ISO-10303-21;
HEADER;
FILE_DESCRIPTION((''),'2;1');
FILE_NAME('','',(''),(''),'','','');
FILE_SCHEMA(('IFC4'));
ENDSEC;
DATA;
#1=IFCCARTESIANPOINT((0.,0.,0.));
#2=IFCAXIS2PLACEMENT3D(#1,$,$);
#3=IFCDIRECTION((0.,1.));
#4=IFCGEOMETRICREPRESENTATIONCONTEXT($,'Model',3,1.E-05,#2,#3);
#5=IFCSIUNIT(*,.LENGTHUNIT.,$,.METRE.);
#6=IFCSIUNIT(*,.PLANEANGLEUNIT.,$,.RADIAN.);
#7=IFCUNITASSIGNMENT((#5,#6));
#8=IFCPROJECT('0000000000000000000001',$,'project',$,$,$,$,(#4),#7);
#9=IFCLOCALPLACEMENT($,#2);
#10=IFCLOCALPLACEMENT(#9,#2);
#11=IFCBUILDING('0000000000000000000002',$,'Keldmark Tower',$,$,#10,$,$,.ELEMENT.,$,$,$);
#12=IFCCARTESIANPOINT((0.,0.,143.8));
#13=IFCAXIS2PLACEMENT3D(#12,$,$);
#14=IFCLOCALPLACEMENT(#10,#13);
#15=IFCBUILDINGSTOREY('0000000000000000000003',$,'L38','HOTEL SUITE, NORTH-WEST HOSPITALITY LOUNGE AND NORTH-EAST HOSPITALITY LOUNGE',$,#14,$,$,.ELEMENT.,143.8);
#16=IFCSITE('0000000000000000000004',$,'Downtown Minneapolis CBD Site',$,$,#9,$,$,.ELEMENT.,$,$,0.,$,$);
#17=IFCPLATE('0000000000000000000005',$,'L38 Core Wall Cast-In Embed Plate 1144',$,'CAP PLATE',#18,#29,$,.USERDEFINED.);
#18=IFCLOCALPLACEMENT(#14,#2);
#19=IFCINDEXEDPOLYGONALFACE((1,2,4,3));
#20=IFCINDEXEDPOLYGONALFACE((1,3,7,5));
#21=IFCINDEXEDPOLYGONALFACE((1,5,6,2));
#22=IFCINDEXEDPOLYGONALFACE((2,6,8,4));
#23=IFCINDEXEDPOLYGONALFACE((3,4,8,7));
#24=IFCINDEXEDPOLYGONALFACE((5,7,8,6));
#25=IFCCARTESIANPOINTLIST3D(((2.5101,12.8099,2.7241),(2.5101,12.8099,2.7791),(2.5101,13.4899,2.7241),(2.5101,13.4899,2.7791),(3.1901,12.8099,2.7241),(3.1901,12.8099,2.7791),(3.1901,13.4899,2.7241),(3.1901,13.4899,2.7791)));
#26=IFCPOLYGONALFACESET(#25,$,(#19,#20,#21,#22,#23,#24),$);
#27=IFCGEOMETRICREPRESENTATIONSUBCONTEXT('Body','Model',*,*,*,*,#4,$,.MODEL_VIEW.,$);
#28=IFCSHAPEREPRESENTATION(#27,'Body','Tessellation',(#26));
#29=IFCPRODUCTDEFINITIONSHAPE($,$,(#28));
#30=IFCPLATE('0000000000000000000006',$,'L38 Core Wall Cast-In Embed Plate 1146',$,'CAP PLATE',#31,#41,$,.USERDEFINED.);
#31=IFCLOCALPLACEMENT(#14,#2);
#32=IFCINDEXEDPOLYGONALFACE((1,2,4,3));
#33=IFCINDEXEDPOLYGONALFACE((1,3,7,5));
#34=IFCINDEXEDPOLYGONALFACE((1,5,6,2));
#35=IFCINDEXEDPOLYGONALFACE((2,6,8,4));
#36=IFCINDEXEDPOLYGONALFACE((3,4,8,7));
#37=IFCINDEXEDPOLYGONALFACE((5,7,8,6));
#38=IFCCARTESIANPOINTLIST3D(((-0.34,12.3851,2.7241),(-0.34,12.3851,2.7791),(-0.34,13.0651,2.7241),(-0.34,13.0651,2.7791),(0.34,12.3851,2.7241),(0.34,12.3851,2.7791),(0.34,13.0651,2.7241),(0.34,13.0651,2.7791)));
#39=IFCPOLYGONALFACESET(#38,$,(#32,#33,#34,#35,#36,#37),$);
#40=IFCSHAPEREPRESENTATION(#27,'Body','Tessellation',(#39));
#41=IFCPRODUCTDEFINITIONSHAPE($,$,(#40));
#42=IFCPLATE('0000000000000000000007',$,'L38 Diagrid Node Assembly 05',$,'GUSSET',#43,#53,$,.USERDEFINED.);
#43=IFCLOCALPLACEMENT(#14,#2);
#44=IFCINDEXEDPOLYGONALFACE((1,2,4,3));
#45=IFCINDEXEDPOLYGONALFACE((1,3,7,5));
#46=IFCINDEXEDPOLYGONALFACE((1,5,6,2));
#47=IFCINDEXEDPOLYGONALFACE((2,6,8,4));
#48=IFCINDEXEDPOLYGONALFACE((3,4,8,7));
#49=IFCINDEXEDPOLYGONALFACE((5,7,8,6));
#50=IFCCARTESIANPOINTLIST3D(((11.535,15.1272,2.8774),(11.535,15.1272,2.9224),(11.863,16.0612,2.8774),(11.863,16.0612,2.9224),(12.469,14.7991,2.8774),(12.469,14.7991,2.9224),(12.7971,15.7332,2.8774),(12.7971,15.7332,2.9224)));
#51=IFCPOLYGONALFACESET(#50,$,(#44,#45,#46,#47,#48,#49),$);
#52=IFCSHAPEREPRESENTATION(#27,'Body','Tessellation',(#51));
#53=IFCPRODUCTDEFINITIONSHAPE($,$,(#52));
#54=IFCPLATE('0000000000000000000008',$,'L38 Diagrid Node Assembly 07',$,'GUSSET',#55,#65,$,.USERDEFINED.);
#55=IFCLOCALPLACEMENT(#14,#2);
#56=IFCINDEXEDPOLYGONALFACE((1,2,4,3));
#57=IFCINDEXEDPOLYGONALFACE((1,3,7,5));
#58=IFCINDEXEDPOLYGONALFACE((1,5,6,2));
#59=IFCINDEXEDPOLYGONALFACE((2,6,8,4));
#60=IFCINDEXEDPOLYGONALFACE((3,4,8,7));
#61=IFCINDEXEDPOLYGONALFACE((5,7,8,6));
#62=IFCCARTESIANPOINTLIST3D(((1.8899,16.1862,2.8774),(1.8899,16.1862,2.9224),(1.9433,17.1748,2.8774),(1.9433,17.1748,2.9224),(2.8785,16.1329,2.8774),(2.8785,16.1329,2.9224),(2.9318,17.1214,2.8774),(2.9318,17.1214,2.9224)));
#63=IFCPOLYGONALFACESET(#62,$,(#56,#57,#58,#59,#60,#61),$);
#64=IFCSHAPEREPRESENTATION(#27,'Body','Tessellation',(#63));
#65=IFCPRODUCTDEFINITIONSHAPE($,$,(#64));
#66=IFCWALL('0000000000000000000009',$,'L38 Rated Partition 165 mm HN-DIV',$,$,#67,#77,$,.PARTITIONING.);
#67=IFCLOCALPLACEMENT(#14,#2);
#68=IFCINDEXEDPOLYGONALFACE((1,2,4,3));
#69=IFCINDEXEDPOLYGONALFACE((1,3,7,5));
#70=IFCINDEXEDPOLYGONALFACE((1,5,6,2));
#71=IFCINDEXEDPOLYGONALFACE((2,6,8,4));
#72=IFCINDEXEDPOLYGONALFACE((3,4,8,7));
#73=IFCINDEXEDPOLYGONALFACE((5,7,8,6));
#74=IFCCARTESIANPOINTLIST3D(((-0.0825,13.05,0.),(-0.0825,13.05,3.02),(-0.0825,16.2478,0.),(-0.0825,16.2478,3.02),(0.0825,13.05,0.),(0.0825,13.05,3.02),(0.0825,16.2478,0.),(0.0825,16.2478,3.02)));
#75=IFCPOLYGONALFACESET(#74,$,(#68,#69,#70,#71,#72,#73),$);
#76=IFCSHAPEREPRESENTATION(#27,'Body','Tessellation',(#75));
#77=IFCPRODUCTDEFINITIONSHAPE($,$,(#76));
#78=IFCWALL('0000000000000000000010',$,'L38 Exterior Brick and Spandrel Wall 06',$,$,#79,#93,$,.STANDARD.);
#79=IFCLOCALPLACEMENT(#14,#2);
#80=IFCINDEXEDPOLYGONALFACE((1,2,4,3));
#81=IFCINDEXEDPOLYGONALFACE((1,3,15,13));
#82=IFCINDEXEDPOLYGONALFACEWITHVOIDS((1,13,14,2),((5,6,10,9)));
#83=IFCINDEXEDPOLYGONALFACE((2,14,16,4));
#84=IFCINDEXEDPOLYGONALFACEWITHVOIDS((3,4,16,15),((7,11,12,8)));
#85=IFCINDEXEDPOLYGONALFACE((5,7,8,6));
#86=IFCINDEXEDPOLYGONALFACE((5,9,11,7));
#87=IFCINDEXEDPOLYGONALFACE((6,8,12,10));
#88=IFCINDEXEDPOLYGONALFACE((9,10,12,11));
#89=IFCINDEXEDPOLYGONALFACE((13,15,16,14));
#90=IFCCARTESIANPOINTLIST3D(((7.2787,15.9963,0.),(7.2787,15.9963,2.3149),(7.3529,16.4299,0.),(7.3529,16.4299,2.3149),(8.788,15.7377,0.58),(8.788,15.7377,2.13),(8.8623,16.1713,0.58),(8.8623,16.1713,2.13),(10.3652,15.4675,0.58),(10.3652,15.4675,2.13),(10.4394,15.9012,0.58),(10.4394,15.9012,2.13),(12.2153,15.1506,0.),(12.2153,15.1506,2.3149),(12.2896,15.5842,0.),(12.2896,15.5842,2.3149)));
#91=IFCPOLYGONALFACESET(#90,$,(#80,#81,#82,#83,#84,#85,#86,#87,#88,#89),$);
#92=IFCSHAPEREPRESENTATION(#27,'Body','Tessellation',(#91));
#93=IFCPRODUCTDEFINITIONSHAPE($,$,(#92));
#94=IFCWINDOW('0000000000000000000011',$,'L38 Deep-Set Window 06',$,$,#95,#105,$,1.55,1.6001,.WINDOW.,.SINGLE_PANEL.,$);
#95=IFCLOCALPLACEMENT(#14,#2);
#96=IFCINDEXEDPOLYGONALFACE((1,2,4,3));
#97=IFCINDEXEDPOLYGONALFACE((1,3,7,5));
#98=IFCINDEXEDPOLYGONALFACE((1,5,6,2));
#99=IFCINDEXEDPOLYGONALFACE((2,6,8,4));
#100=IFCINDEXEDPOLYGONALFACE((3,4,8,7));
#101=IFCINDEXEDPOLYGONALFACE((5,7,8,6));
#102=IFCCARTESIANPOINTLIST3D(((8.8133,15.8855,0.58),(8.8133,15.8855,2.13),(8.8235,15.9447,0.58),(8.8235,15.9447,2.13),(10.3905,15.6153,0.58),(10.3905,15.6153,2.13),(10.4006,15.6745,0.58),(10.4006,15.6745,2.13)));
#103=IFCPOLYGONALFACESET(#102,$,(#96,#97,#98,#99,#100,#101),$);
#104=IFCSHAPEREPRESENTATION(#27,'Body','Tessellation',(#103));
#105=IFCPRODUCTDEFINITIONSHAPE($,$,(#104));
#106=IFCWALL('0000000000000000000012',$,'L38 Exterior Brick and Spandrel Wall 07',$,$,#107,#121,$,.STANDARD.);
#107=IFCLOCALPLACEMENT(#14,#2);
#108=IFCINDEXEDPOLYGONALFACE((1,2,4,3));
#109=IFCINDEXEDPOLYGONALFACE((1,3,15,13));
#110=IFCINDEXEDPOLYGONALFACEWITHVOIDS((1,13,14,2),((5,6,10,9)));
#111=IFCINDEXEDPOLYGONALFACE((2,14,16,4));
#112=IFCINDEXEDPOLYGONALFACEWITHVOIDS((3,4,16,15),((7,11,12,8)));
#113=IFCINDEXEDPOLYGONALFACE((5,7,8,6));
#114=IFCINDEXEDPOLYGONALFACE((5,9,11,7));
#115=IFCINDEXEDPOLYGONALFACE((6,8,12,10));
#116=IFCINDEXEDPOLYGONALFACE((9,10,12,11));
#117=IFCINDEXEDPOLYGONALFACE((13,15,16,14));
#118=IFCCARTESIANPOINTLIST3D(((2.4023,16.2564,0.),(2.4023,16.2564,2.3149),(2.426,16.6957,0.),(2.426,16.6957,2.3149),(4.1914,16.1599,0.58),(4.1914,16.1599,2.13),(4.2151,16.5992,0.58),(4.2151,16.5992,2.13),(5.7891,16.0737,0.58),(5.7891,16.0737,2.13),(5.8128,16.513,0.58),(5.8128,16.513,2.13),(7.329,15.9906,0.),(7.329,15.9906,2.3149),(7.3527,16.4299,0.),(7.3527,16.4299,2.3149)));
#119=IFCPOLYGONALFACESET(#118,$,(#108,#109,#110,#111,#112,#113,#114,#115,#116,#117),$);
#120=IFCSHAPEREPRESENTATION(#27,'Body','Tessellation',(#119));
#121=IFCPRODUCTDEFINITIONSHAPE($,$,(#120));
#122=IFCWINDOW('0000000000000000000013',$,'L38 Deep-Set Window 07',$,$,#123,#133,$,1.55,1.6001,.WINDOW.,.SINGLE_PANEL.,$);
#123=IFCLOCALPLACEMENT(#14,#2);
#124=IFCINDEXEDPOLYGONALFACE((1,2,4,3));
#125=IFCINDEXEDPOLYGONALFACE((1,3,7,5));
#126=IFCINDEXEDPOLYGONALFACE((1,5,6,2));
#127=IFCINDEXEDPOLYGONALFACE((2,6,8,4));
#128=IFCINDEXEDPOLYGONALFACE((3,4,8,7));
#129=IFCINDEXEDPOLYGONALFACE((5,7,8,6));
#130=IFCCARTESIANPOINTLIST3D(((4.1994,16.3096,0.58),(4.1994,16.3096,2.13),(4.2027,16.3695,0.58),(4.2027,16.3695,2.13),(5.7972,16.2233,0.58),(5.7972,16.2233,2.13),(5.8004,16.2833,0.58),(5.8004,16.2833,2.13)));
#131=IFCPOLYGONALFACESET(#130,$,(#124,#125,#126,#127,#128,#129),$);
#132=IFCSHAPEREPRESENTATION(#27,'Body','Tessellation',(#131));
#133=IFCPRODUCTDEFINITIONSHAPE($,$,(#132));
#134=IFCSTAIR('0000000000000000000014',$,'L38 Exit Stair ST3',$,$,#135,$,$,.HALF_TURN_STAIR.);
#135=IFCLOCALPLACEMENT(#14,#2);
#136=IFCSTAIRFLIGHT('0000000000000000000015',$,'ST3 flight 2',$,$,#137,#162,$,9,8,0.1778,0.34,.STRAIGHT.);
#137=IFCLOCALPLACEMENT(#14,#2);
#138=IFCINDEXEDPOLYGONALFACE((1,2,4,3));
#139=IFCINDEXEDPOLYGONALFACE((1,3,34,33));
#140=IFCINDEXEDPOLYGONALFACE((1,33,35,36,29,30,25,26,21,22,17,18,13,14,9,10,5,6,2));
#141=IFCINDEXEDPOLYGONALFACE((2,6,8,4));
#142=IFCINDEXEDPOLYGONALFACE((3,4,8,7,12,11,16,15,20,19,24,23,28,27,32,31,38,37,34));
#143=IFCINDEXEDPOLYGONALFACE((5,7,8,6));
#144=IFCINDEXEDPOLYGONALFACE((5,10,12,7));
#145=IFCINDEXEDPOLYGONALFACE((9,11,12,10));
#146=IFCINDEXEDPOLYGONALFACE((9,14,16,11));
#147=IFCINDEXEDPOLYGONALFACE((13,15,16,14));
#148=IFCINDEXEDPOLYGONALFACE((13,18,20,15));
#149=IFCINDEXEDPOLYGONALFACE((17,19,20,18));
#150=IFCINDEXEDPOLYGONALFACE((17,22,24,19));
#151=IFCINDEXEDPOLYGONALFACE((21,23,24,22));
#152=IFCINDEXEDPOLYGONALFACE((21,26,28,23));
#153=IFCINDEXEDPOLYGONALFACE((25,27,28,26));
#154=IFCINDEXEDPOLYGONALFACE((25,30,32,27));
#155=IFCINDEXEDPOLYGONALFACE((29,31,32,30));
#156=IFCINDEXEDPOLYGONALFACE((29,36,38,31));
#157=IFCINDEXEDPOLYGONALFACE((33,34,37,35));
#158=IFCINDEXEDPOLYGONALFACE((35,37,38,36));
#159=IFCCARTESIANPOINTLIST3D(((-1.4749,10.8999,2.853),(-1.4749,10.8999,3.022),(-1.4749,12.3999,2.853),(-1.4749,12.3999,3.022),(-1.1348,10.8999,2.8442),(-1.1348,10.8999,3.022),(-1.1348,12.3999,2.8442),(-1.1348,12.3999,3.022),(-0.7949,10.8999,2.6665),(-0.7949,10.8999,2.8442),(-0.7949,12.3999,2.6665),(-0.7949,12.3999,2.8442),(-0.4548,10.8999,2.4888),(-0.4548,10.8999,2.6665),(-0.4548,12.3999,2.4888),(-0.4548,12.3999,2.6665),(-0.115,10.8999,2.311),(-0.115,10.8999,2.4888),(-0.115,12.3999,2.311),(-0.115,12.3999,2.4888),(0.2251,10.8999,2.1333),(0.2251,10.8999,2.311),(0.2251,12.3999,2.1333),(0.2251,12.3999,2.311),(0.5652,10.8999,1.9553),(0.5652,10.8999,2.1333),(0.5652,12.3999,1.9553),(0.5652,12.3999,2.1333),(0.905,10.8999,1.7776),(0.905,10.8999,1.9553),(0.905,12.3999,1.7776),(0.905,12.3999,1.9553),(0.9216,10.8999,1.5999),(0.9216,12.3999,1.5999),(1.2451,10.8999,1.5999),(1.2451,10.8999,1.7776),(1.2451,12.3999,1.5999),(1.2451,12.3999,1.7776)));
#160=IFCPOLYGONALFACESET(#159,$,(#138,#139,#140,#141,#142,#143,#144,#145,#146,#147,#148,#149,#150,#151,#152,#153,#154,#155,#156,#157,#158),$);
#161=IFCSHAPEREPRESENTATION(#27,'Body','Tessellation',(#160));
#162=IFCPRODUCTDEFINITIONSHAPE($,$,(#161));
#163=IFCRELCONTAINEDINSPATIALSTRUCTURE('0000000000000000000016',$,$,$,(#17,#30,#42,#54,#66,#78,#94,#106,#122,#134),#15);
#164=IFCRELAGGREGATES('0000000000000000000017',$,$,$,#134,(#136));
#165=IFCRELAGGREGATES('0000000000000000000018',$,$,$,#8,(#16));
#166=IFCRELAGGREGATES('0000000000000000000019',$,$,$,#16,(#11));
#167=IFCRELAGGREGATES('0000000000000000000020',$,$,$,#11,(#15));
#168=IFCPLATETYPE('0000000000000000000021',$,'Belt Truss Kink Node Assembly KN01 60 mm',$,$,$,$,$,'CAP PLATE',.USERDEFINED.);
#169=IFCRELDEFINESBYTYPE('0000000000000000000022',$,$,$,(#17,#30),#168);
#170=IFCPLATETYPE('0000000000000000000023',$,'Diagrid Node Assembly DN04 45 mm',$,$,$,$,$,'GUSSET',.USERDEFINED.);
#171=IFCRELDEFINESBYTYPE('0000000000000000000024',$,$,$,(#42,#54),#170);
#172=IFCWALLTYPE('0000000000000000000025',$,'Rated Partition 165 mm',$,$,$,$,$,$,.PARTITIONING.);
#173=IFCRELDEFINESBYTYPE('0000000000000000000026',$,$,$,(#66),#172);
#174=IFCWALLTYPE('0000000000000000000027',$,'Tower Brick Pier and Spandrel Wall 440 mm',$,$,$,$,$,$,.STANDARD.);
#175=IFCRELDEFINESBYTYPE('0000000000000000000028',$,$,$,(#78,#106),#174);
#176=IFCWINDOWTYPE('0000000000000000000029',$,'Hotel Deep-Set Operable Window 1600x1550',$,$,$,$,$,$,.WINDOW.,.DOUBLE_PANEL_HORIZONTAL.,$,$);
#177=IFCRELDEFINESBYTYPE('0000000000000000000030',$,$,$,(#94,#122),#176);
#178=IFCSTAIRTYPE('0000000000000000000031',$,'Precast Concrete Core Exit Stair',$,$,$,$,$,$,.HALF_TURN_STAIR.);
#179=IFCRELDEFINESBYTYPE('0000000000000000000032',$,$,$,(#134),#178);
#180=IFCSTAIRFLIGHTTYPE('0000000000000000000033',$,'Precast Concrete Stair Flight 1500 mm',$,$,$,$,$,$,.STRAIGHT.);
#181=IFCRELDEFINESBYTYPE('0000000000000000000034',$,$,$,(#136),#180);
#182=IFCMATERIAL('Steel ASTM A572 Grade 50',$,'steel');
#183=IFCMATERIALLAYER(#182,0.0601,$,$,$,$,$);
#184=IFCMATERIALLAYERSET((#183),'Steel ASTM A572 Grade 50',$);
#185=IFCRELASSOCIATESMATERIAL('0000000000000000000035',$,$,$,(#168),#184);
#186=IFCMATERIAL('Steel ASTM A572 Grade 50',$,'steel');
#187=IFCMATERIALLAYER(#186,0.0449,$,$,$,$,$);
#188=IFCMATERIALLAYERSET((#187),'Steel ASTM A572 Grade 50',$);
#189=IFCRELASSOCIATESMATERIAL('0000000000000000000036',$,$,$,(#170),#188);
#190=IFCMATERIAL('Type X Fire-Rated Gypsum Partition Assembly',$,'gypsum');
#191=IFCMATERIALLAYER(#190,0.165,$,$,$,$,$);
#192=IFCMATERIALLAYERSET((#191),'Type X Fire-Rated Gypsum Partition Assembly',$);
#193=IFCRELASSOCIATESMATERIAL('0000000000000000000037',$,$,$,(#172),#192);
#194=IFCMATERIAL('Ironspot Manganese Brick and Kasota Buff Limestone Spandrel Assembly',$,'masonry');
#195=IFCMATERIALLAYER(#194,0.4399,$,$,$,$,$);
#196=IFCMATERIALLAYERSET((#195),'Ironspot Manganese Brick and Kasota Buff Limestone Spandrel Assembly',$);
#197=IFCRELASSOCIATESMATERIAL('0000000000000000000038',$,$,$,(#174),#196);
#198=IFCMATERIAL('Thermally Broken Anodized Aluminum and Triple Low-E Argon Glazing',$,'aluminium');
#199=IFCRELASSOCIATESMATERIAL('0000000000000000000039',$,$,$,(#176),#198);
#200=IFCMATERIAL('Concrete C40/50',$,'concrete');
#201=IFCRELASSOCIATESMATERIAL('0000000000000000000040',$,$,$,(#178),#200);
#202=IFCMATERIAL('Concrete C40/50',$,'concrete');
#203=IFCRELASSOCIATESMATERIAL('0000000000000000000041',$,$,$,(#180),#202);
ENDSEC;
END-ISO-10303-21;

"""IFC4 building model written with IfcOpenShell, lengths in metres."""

from ifc_helpers import new_model, si_unit, direction, frame, frame_2d, origin, origin_2d, place, context, subcontext, project, spatial, polyline, rectangle, outline, extrude, material, layer, layer_set, type_object, element, fill, aggregate, save


model = new_model("IFC4")

# Units and contexts
model_context = context("Model", 3, precision=1e-05, world=origin(), true_north=direction((0.0, 1.0)))
body_context = subcontext(model_context, "Body", "Model", "MODEL_VIEW")
ifc_project = project(units=[si_unit("LENGTHUNIT", "METRE"), si_unit("PLANEANGLEUNIT", "RADIAN")], contexts=[model_context])

# Site, building, storey
site_placement = place(None, origin())
site = spatial("IfcSite", under=ifc_project, at=site_placement, Name="Downtown Minneapolis CBD Site", CompositionType="ELEMENT", RefElevation=0.0)
building_placement = place(site_placement, origin())
building = spatial("IfcBuilding", under=site, at=building_placement, Name="Keldmark Tower", CompositionType="ELEMENT")
storey_placement = place(building_placement, frame((0.0, 0.0, 143.8)))
storey = spatial("IfcBuildingStorey", under=building, at=storey_placement, Name="L38", Description="HOTEL SUITE, NORTH-WEST HOSPITALITY LOUNGE AND NORTH-EAST HOSPITALITY LOUNGE", CompositionType="ELEMENT", Elevation=143.8)

# Plates
ifc_material_1 = material(Name="Steel ASTM A572 Grade 50", Category="steel")
ifc_layer_1 = layer(ifc_material_1, 0.0601)
ifc_layer_set_1 = layer_set([ifc_layer_1], Name="Steel ASTM A572 Grade 50")
plate_type_1 = type_object("IfcPlateType", Name="Belt Truss Kink Node Assembly KN01 60 mm", ElementType="CAP PLATE", PredefinedType="USERDEFINED", material=ifc_layer_set_1)
for number, where, z_axis, x_axis, name in (
    (1, (2.8501, 13.1499, 2.7241), (0.0, 0.0, 1.0), (1.0, 0.0, 0.0), "L38 Core Wall Cast-In Embed Plate 1144"),
    (2, (0.0, 12.7251, 2.7241), (0.0, 0.0, 1.0), (1.0, 0.0, 0.0), "L38 Core Wall Cast-In Embed Plate 1146"),
):
    element("IfcPlate", number, at=place(storey_placement, frame(where, z_axis=z_axis, x_axis=x_axis)), inside=storey, type_object=plate_type_1, Name=name, ObjectType="CAP PLATE", PredefinedType="USERDEFINED", context=body_context, shape_type="SweptSolid", body=[
        extrude(rectangle(XDim=0.6799, YDim=0.6799, at=origin_2d()), origin(), (0.0, 0.0, 1.0), 0.0549),
    ])
ifc_material_2 = material(Name="Steel ASTM A572 Grade 50", Category="steel")
ifc_layer_2 = layer(ifc_material_2, 0.0449)
ifc_layer_set_2 = layer_set([ifc_layer_2], Name="Steel ASTM A572 Grade 50")
plate_type_2 = type_object("IfcPlateType", Name="Diagrid Node Assembly DN04 45 mm", ElementType="GUSSET", PredefinedType="USERDEFINED", material=ifc_layer_set_2)
for number, where, z_axis, x_axis, name in (
    (3, (12.166, 15.4302, 2.8774), (0.0, 0.0, 1.0), (-0.943512, 0.331338, 0.0), "L38 Diagrid Node Assembly 05"),
    (4, (2.4109, 16.6538, 2.8774), (0.0, 0.0, 1.0), (-0.998546, 0.053905, 0.0), "L38 Diagrid Node Assembly 07"),
):
    element("IfcPlate", number, at=place(storey_placement, frame(where, z_axis=z_axis, x_axis=x_axis)), inside=storey, type_object=plate_type_2, Name=name, ObjectType="GUSSET", PredefinedType="USERDEFINED", context=body_context, shape_type="SweptSolid", body=[
        extrude(rectangle(XDim=0.99, YDim=0.99, at=origin_2d()), origin(), (0.0, 0.0, 1.0), 0.0449),
    ])

# Wall
ifc_material_3 = material(Name="Type X Fire-Rated Gypsum Partition Assembly", Category="gypsum")
ifc_layer_3 = layer(ifc_material_3, 0.165)
ifc_layer_set_3 = layer_set([ifc_layer_3], Name="Type X Fire-Rated Gypsum Partition Assembly")
wall_type_1 = type_object("IfcWallType", Name="Rated Partition 165 mm", PredefinedType="PARTITIONING", material=ifc_layer_set_3)
wall_1_placement = place(storey_placement, frame((0.0, 13.05, 0.0), z_axis=(0.0, 0.0, 1.0), x_axis=(0.0, 1.0, 0.0)))
element("IfcWall", 5, at=wall_1_placement, inside=storey, type_object=wall_type_1, Name="L38 Rated Partition 165 mm HN-DIV", PredefinedType="PARTITIONING", context=body_context, shape_type="SweptSolid", body=[
    extrude(rectangle(XDim=3.1978, YDim=0.165, at=frame_2d((1.5989, 0.0))), origin(), (0.0, 0.0, 1.0), 3.02),
])

# Walls, openings, windows
ifc_material_4 = material(Name="Ironspot Manganese Brick and Kasota Buff Limestone Spandrel Assembly", Category="masonry")
ifc_layer_4 = layer(ifc_material_4, 0.4399)
ifc_layer_set_4 = layer_set([ifc_layer_4], Name="Ironspot Manganese Brick and Kasota Buff Limestone Spandrel Assembly")
wall_type_2 = type_object("IfcWallType", Name="Tower Brick Pier and Spandrel Wall 440 mm", PredefinedType="STANDARD", material=ifc_layer_set_4)
wall_2_placement = place(storey_placement, frame((7.3157, 16.2131, 0.0), z_axis=(0.0, 0.0, 1.0), x_axis=(0.985641, -0.168856, 0.0)))
wall_2 = element("IfcWall", 6, at=wall_2_placement, inside=storey, type_object=wall_type_2, Name="L38 Exterior Brick and Spandrel Wall 06", PredefinedType="STANDARD", context=body_context, shape_type="SweptSolid", body=[
    extrude(rectangle(XDim=5.0085, YDim=0.4399, at=frame_2d((2.5044, 0.0))), origin(), (0.0, 0.0, 1.0), 2.3149),
])
opening_1_placement = place(wall_2_placement, frame((1.5315, 0.0, 0.5801)))
opening_1 = element("IfcOpeningElement", 7, at=opening_1_placement, cuts=wall_2, PredefinedType="OPENING", context=body_context, shape_type="SweptSolid", body=[
    extrude(rectangle(XDim=1.6001, YDim=1.55, at=frame_2d((0.8, 0.7749))), frame((0.0, 0.23, 0.0), z_axis=(0.0, -1.0, 0.0), x_axis=(1.0, 0.0, 0.0)), (0.0, 0.0, 1.0), 0.46),
])
ifc_material_5 = material(Name="Thermally Broken Anodized Aluminum and Triple Low-E Argon Glazing", Category="aluminium")
window_type = type_object("IfcWindowType", Name="Hotel Deep-Set Operable Window 1600x1550", PartitioningType="DOUBLE_PANEL_HORIZONTAL", PredefinedType="WINDOW", material=ifc_material_5)
window_1_placement = place(opening_1_placement, origin())
window_1 = element("IfcWindow", 8, at=window_1_placement, inside=storey, type_object=window_type, Name="L38 Deep-Set Window 06", OverallHeight=1.55, OverallWidth=1.6001, PartitioningType="SINGLE_PANEL", PredefinedType="WINDOW", context=body_context, shape_type="SweptSolid", body=[
    extrude(rectangle(XDim=1.6001, YDim=1.55, at=frame_2d((0.8, 0.7749))), frame((0.0, -0.01, 0.0), z_axis=(0.0, -1.0, 0.0), x_axis=(1.0, 0.0, 0.0)), (0.0, 0.0, 1.0), 0.0601),
])
fill(opening_1, window_1)
wall_3_placement = place(storey_placement, frame((2.4143, 16.4761, 0.0), z_axis=(0.0, 0.0, 1.0), x_axis=(0.998547, -0.053886, 0.0)))
wall_3 = element("IfcWall", 9, at=wall_3_placement, inside=storey, type_object=wall_type_2, Name="L38 Exterior Brick and Spandrel Wall 07", PredefinedType="STANDARD", context=body_context, shape_type="SweptSolid", body=[
    extrude(rectangle(XDim=4.9338, YDim=0.4399, at=frame_2d((2.4668, 0.0))), origin(), (0.0, 0.0, 1.0), 2.3149),
])
opening_2_placement = place(wall_3_placement, frame((1.7915, 0.0, 0.5801)))
opening_2 = element("IfcOpeningElement", 10, at=opening_2_placement, cuts=wall_3, PredefinedType="OPENING", context=body_context, shape_type="SweptSolid", body=[
    extrude(rectangle(XDim=1.6001, YDim=1.55, at=frame_2d((0.8, 0.7749))), frame((0.0, 0.23, 0.0), z_axis=(0.0, -1.0, 0.0), x_axis=(1.0, 0.0, 0.0)), (0.0, 0.0, 1.0), 0.46),
])
window_2_placement = place(opening_2_placement, origin())
window_2 = element("IfcWindow", 11, at=window_2_placement, inside=storey, type_object=window_type, Name="L38 Deep-Set Window 07", OverallHeight=1.55, OverallWidth=1.6001, PartitioningType="SINGLE_PANEL", PredefinedType="WINDOW", context=body_context, shape_type="SweptSolid", body=[
    extrude(rectangle(XDim=1.6001, YDim=1.55, at=frame_2d((0.8, 0.7749))), frame((0.0, -0.01, 0.0), z_axis=(0.0, -1.0, 0.0), x_axis=(1.0, 0.0, 0.0)), (0.0, 0.0, 1.0), 0.0601),
])
fill(opening_2, window_2)

# Stair, stair flight
ifc_material_6 = material(Name="Concrete C40/50", Category="concrete")
stair_type = type_object("IfcStairType", Name="Precast Concrete Core Exit Stair", PredefinedType="HALF_TURN_STAIR", material=ifc_material_6)
stair_placement = place(storey_placement, origin())
stair = element("IfcStair", 12, at=stair_placement, inside=storey, type_object=stair_type, Name="L38 Exit Stair ST3", PredefinedType="HALF_TURN_STAIR")
ifc_material_7 = material(Name="Concrete C40/50", Category="concrete")
stair_flight_type = type_object("IfcStairFlightType", Name="Precast Concrete Stair Flight 1500 mm", PredefinedType="STRAIGHT", material=ifc_material_7)
stair_flight_placement = place(storey_placement, frame((1.2451, 11.6499, 1.5999), z_axis=(0.0, 0.0, 1.0), x_axis=(-1.0, 0.0, 0.0)))
stair_flight = element("IfcStairFlight", 13, at=stair_flight_placement, type_object=stair_flight_type, Name="ST3 flight 2", NumberOfRisers=9, NumberOfTreads=8, PredefinedType="STRAIGHT", RiserHeight=0.1778, TreadLength=0.34, context=body_context, shape_type="SweptSolid", body=[
    extrude(outline(polyline([(0.0, 0.0), (0.0, 0.1777), (0.3401, 0.1777), (0.3401, 0.3555), (0.6799, 0.3555), (0.6799, 0.5334), (1.02, 0.5334), (1.02, 0.7112), (1.3601, 0.7112), (1.3601, 0.8889), (1.7, 0.8889), (1.7, 1.0667), (2.04, 1.0667), (2.04, 1.2444), (2.3799, 1.2444), (2.3799, 1.4221), (2.72, 1.4221), (2.72, 1.6001), (2.72, 1.2532), (0.3235, 0.0), (0.0, 0.0)])), frame((0.0, 0.75, 0.0), z_axis=(0.0, -1.0, 0.0), x_axis=(1.0, 0.0, 0.0)), (0.0, 0.0, 1.0), 1.5),
])
aggregate(stair, [stair_flight])

save(model, "model.ifc")
